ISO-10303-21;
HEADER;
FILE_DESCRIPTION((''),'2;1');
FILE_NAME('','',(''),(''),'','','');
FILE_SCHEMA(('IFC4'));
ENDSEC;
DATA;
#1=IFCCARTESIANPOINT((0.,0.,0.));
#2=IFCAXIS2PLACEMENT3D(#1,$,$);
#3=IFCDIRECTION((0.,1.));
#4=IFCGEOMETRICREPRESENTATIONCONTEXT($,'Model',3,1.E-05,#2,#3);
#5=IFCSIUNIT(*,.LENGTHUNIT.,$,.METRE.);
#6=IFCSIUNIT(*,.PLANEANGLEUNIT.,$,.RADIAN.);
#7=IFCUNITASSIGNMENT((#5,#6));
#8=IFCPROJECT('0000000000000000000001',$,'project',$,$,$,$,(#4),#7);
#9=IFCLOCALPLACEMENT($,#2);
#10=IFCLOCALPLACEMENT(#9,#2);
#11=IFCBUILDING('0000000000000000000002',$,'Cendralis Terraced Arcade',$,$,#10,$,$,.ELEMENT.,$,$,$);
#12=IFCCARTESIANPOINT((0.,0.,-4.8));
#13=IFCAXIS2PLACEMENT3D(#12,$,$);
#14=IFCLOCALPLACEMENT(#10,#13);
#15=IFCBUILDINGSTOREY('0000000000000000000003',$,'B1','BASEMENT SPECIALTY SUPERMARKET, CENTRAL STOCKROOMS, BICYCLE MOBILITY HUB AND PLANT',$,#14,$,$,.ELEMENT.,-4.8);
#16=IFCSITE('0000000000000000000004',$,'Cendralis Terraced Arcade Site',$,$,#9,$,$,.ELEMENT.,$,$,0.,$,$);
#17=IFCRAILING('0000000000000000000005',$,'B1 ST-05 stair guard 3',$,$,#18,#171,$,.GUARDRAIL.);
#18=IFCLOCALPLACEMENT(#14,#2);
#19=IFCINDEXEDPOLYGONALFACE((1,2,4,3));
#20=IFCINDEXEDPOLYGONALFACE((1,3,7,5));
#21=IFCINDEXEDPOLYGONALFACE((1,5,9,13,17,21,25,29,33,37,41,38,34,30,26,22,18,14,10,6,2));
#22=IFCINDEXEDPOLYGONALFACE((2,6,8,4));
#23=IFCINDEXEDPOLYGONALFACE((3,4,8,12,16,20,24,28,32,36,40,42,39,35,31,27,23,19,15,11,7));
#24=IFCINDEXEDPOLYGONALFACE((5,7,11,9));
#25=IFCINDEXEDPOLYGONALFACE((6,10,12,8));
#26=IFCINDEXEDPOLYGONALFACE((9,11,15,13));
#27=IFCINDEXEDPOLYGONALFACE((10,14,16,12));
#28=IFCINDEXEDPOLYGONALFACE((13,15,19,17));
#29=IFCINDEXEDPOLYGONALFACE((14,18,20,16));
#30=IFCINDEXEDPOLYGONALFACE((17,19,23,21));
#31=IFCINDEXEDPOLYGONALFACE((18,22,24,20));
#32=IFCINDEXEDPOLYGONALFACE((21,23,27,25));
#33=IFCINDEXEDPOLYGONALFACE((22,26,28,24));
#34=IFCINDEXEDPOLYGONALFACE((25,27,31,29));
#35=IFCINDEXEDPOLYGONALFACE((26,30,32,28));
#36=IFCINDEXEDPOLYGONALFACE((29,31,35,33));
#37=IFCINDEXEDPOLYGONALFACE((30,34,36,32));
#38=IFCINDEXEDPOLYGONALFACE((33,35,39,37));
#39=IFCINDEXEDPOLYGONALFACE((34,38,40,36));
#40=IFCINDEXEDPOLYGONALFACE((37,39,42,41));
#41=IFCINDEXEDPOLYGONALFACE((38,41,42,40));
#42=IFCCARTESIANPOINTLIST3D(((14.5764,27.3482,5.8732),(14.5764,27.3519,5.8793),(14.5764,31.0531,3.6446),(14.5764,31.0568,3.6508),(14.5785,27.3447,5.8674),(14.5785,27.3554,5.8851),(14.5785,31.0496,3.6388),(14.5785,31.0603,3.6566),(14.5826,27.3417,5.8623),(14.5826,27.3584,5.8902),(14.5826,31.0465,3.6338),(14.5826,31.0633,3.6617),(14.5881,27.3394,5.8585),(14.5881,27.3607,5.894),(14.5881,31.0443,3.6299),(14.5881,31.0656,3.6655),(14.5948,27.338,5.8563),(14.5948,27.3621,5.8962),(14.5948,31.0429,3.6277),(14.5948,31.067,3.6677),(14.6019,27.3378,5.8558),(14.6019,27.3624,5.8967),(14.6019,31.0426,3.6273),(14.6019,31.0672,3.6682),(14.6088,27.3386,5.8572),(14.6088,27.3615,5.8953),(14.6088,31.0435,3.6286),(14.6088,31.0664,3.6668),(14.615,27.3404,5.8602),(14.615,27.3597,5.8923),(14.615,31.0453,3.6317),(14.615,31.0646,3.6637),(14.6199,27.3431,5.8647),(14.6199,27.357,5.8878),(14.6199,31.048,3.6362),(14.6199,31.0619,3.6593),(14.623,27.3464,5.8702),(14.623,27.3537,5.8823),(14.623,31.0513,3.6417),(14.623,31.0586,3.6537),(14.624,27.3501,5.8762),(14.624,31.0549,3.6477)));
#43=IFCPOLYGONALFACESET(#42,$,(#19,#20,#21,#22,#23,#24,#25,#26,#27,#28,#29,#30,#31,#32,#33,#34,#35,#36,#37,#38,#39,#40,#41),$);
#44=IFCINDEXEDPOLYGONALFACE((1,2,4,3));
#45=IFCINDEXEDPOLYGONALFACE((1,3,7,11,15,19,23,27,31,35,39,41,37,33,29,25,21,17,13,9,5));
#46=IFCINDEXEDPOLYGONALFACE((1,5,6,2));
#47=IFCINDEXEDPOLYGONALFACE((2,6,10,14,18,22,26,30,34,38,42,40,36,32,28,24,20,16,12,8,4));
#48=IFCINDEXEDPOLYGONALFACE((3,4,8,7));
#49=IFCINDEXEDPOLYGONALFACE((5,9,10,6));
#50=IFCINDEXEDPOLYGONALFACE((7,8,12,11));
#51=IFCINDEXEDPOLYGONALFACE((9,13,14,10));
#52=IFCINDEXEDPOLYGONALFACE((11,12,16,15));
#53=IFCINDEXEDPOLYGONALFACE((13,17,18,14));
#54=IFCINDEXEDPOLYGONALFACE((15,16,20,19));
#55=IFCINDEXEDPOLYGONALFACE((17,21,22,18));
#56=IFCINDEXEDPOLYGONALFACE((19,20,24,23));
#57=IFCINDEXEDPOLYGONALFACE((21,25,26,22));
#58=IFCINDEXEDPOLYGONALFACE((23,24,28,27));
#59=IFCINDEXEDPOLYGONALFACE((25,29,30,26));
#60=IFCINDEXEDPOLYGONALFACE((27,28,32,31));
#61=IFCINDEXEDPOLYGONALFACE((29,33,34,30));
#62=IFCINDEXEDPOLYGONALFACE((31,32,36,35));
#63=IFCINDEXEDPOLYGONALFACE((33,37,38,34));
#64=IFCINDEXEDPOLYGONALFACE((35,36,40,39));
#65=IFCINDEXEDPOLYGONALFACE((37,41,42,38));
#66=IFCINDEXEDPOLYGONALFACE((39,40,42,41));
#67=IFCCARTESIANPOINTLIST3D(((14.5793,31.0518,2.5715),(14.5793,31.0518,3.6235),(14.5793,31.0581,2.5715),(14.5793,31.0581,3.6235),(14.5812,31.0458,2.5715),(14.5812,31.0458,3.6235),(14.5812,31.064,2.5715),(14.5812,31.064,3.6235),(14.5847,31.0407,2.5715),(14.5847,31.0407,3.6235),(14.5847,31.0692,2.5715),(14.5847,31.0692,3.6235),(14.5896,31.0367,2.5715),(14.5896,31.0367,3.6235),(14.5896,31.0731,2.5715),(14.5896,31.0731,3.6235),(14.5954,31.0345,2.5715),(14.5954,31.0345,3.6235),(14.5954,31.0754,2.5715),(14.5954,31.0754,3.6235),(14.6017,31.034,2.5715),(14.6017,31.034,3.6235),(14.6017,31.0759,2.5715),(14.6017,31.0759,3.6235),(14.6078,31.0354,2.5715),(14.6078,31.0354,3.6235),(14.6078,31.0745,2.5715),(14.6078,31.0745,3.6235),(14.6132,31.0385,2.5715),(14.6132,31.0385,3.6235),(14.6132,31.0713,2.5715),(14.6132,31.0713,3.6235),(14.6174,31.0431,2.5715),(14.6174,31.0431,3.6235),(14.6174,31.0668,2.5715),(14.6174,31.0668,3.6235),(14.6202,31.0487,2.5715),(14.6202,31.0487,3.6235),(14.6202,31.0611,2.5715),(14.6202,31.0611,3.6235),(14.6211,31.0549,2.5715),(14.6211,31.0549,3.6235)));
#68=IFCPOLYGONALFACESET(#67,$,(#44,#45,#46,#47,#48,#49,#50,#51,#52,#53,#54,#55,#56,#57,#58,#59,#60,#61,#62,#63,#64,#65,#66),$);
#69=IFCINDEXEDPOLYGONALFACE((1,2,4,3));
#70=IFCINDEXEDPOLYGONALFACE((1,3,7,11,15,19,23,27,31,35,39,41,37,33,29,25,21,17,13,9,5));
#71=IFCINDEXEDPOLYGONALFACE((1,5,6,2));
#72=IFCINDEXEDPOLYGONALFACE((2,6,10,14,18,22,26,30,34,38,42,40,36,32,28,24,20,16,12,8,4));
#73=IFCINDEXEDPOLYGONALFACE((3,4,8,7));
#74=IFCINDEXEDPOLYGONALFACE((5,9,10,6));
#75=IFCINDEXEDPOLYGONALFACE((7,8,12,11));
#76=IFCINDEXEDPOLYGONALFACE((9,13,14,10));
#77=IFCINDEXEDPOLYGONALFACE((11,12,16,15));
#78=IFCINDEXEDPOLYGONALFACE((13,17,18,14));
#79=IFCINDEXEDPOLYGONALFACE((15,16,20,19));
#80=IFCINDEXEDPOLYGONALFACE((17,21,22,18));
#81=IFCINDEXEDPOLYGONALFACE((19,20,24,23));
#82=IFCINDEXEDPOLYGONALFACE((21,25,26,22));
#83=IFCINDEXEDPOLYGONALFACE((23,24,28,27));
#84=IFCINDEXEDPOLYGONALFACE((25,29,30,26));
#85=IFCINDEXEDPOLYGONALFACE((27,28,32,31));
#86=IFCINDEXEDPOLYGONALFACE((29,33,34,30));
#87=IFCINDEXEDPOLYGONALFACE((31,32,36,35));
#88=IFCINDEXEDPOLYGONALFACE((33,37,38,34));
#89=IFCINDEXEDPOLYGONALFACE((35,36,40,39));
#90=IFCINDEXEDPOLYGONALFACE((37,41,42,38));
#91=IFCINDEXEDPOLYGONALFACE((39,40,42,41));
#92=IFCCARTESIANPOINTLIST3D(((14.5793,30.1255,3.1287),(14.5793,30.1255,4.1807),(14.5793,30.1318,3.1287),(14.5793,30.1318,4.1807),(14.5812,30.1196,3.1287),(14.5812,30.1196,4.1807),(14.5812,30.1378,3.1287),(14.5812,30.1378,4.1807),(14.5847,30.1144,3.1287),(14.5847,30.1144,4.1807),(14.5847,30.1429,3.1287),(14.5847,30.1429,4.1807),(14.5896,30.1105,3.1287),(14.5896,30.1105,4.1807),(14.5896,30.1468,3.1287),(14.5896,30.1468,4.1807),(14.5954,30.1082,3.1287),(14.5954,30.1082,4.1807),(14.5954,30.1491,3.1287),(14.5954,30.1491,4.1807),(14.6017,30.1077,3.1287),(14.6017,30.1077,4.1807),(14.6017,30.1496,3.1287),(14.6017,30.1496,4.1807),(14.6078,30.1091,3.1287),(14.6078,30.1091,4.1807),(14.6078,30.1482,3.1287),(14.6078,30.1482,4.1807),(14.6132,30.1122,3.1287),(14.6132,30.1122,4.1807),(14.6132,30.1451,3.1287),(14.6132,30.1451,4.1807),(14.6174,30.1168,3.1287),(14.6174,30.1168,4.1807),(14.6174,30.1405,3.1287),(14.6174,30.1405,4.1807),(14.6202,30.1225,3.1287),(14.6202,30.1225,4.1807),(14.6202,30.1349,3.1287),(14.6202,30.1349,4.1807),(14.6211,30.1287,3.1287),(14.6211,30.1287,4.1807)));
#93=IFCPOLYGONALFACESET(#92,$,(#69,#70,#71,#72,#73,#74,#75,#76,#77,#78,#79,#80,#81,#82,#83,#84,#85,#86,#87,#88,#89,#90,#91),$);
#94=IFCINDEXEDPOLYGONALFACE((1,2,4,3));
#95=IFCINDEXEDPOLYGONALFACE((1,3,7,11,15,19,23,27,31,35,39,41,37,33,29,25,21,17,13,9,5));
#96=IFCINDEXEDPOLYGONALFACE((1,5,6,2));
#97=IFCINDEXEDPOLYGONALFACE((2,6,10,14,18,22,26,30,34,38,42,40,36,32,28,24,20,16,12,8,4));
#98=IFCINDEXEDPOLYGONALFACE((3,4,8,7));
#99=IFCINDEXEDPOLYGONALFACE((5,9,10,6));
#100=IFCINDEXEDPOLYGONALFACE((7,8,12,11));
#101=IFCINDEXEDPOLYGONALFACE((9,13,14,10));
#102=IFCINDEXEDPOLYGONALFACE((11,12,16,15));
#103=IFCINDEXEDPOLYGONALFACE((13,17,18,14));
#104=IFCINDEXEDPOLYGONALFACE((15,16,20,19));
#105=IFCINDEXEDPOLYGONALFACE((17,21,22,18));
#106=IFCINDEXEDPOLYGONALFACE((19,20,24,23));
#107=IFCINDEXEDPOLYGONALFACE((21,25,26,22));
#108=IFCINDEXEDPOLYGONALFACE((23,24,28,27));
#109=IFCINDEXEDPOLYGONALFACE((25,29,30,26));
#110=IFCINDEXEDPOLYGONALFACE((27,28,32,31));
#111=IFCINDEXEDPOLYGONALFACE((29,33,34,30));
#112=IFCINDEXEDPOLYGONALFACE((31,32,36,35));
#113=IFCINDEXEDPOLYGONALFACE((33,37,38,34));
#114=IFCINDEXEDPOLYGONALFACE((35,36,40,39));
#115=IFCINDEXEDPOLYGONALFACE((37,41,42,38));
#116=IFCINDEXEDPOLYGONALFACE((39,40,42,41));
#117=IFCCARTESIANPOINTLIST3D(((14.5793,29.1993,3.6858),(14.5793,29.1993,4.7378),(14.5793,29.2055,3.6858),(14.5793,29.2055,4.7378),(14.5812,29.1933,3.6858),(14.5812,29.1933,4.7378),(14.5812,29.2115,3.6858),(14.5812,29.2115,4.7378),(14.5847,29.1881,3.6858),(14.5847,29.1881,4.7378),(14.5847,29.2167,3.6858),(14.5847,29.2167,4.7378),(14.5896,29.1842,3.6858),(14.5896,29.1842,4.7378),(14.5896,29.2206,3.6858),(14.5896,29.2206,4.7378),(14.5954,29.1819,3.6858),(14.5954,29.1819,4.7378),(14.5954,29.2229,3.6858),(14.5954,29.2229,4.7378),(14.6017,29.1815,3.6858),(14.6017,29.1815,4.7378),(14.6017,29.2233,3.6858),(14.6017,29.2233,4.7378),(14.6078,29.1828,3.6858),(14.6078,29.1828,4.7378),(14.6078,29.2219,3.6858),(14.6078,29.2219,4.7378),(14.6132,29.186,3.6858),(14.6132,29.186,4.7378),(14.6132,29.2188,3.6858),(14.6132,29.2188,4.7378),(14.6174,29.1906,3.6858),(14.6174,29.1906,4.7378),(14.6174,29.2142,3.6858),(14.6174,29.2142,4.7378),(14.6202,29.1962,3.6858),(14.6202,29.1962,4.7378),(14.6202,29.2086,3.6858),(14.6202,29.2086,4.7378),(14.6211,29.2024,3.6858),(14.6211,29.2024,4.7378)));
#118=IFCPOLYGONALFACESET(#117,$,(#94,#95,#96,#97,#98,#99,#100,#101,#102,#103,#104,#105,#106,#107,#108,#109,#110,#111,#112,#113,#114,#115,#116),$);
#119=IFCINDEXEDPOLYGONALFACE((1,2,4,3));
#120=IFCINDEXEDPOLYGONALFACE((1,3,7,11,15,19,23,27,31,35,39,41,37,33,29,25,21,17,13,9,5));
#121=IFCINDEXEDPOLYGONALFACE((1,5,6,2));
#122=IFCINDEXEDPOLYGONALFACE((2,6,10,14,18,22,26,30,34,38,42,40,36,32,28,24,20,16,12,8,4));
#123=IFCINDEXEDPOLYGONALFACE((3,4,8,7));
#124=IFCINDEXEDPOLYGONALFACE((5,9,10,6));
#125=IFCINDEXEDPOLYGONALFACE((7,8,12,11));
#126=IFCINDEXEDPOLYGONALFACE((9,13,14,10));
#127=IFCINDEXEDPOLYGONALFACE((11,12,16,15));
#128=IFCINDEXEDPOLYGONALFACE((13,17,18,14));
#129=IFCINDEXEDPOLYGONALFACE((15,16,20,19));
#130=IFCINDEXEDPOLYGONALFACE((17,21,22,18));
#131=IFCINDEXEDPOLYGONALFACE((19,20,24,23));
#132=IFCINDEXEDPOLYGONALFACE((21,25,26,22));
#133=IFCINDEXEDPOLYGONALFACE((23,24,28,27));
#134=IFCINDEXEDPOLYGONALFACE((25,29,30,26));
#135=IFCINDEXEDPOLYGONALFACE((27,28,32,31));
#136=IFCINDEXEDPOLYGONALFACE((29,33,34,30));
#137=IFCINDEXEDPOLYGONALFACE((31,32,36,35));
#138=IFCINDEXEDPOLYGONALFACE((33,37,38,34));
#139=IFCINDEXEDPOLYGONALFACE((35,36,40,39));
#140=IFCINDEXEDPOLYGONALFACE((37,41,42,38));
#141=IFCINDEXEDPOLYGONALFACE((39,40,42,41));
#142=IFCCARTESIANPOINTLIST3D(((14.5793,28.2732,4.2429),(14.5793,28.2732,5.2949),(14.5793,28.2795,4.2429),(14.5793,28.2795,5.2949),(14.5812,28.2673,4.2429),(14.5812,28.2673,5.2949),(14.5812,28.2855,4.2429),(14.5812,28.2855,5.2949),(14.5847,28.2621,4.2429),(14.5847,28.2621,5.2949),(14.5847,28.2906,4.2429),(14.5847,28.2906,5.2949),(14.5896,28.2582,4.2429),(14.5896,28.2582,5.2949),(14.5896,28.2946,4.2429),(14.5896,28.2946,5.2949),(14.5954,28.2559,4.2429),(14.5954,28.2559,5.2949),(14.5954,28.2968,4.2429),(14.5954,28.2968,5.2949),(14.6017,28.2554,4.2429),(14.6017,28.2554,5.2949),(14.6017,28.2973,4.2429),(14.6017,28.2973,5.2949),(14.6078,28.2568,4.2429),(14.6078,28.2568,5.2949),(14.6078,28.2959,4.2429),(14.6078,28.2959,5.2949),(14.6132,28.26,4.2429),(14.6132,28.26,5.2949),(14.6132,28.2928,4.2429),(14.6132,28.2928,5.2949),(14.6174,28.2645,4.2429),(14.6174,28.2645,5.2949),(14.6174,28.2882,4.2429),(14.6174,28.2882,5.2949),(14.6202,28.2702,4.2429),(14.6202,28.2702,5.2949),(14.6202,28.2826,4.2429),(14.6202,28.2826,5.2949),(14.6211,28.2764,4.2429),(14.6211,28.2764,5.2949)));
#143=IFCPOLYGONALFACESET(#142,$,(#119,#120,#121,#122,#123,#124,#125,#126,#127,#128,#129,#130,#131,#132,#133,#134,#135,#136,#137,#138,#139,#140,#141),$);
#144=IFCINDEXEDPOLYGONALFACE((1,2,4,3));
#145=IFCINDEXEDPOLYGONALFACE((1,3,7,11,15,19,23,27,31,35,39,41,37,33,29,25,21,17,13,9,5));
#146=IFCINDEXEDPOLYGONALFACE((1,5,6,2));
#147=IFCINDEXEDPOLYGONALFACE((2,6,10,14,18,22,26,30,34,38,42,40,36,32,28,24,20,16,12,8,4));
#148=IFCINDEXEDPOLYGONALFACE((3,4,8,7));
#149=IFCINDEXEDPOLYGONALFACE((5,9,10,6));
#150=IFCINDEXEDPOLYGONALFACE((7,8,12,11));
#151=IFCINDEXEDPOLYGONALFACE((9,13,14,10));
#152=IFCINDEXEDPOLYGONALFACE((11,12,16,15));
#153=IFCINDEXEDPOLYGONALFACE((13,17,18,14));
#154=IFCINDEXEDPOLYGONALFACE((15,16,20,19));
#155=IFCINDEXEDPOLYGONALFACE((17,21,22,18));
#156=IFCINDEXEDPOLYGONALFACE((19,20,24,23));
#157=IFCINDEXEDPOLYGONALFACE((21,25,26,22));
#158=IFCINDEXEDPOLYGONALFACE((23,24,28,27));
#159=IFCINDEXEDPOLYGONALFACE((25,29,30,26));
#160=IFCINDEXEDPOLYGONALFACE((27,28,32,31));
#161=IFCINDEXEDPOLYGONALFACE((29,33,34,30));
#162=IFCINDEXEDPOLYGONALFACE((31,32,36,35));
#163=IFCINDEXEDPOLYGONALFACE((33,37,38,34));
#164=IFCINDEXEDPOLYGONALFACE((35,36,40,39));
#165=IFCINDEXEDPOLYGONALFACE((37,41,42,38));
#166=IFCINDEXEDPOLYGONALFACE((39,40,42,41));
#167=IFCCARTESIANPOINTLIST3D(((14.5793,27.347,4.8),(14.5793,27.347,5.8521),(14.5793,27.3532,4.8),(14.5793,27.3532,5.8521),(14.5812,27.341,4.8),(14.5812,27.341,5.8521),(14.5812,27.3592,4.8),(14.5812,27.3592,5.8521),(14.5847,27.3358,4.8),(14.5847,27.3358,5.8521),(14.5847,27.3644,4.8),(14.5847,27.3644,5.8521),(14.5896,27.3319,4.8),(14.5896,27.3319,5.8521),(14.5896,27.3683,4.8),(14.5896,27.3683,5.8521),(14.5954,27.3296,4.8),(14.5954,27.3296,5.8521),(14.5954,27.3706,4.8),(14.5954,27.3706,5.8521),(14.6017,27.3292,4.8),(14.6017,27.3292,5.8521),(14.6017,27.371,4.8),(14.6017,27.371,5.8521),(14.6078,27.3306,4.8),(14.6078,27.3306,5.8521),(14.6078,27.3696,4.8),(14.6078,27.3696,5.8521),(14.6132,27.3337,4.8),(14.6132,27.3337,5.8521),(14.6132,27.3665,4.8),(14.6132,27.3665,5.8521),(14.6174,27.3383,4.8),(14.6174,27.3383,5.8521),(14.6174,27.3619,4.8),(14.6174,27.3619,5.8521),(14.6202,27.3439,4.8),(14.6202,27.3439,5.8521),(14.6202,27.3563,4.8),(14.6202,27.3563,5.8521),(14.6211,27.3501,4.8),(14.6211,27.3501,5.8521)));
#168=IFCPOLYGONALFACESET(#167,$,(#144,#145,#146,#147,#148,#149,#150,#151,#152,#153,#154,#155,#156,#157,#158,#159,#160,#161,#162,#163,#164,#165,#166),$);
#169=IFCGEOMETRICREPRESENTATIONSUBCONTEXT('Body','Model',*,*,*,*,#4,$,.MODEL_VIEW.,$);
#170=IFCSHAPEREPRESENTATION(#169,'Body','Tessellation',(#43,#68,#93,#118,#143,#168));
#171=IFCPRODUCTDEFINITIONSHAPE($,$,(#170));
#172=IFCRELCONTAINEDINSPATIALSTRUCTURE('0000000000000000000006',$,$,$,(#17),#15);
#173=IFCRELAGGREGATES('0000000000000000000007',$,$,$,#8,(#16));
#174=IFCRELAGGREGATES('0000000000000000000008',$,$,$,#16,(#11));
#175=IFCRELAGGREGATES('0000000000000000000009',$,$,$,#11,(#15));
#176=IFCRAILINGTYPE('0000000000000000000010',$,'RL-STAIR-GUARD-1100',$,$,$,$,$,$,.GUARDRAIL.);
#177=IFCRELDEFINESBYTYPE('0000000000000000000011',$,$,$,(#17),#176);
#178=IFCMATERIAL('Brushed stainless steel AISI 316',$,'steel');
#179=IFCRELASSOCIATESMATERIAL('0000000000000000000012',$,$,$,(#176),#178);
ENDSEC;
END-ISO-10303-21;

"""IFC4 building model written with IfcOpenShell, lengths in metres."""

from ifc_helpers import new_model, si_unit, direction, frame, origin, origin_2d, place, context, subcontext, project, spatial, circle, extrude, material, type_object, element, save


model = new_model("IFC4")

# Units and contexts
model_context = context("Model", 3, precision=1e-05, world=origin(), true_north=direction((0.0, 1.0)))
body_context = subcontext(model_context, "Body", "Model", "MODEL_VIEW")
ifc_project = project(units=[si_unit("LENGTHUNIT", "METRE"), si_unit("PLANEANGLEUNIT", "RADIAN")], contexts=[model_context])

# Site, building, storey
site_placement = place(None, origin())
site = spatial("IfcSite", under=ifc_project, at=site_placement, Name="Cendralis Terraced Arcade Site", CompositionType="ELEMENT", RefElevation=0.0)
building_placement = place(site_placement, origin())
building = spatial("IfcBuilding", under=site, at=building_placement, Name="Cendralis Terraced Arcade", CompositionType="ELEMENT")
storey_placement = place(building_placement, frame((0.0, 0.0, -4.8)))
storey = spatial("IfcBuildingStorey", under=building, at=storey_placement, Name="B1", Description="BASEMENT SPECIALTY SUPERMARKET, CENTRAL STOCKROOMS, BICYCLE MOBILITY HUB AND PLANT", CompositionType="ELEMENT", Elevation=-4.8)

# Railing
ifc_material_1 = material(Name="Brushed stainless steel AISI 316", Category="steel")
railing_type_1 = type_object("IfcRailingType", Name="RL-STAIR-GUARD-1100", PredefinedType="GUARDRAIL", material=ifc_material_1)
railing_1_placement = place(storey_placement, frame((14.6001, 31.0549, 2.5715)))
element("IfcRailing", 1, at=railing_1_placement, inside=storey, type_object=railing_type_1, Name="B1 ST-05 stair guard 3", PredefinedType="GUARDRAIL", context=body_context, shape_type="SweptSolid", body=[
    extrude(circle(Radius=0.0239, at=origin_2d()), frame((0.0, 0.0, 1.0762), z_axis=(0.0, -0.856919, 0.51545), x_axis=(1.0, 0.0, 0.0)), (0.0, 0.0, 1.0), 4.3235),
    extrude(circle(Radius=0.021, at=origin_2d()), origin(), (0.0, 0.0, 1.0), 1.052),
    extrude(circle(Radius=0.021, at=origin_2d()), frame((0.0, -0.9263, 0.5571)), (0.0, 0.0, 1.0), 1.052),
    extrude(circle(Radius=0.021, at=origin_2d()), frame((0.0, -1.8525, 1.1143)), (0.0, 0.0, 1.0), 1.052),
    extrude(circle(Radius=0.021, at=origin_2d()), frame((0.0, -2.7786, 1.6714)), (0.0, 0.0, 1.0), 1.052),
    extrude(circle(Radius=0.021, at=origin_2d()), frame((0.0, -3.7048, 2.2285)), (0.0, 0.0, 1.0), 1.052),
])

save(model, "model.ifc")
